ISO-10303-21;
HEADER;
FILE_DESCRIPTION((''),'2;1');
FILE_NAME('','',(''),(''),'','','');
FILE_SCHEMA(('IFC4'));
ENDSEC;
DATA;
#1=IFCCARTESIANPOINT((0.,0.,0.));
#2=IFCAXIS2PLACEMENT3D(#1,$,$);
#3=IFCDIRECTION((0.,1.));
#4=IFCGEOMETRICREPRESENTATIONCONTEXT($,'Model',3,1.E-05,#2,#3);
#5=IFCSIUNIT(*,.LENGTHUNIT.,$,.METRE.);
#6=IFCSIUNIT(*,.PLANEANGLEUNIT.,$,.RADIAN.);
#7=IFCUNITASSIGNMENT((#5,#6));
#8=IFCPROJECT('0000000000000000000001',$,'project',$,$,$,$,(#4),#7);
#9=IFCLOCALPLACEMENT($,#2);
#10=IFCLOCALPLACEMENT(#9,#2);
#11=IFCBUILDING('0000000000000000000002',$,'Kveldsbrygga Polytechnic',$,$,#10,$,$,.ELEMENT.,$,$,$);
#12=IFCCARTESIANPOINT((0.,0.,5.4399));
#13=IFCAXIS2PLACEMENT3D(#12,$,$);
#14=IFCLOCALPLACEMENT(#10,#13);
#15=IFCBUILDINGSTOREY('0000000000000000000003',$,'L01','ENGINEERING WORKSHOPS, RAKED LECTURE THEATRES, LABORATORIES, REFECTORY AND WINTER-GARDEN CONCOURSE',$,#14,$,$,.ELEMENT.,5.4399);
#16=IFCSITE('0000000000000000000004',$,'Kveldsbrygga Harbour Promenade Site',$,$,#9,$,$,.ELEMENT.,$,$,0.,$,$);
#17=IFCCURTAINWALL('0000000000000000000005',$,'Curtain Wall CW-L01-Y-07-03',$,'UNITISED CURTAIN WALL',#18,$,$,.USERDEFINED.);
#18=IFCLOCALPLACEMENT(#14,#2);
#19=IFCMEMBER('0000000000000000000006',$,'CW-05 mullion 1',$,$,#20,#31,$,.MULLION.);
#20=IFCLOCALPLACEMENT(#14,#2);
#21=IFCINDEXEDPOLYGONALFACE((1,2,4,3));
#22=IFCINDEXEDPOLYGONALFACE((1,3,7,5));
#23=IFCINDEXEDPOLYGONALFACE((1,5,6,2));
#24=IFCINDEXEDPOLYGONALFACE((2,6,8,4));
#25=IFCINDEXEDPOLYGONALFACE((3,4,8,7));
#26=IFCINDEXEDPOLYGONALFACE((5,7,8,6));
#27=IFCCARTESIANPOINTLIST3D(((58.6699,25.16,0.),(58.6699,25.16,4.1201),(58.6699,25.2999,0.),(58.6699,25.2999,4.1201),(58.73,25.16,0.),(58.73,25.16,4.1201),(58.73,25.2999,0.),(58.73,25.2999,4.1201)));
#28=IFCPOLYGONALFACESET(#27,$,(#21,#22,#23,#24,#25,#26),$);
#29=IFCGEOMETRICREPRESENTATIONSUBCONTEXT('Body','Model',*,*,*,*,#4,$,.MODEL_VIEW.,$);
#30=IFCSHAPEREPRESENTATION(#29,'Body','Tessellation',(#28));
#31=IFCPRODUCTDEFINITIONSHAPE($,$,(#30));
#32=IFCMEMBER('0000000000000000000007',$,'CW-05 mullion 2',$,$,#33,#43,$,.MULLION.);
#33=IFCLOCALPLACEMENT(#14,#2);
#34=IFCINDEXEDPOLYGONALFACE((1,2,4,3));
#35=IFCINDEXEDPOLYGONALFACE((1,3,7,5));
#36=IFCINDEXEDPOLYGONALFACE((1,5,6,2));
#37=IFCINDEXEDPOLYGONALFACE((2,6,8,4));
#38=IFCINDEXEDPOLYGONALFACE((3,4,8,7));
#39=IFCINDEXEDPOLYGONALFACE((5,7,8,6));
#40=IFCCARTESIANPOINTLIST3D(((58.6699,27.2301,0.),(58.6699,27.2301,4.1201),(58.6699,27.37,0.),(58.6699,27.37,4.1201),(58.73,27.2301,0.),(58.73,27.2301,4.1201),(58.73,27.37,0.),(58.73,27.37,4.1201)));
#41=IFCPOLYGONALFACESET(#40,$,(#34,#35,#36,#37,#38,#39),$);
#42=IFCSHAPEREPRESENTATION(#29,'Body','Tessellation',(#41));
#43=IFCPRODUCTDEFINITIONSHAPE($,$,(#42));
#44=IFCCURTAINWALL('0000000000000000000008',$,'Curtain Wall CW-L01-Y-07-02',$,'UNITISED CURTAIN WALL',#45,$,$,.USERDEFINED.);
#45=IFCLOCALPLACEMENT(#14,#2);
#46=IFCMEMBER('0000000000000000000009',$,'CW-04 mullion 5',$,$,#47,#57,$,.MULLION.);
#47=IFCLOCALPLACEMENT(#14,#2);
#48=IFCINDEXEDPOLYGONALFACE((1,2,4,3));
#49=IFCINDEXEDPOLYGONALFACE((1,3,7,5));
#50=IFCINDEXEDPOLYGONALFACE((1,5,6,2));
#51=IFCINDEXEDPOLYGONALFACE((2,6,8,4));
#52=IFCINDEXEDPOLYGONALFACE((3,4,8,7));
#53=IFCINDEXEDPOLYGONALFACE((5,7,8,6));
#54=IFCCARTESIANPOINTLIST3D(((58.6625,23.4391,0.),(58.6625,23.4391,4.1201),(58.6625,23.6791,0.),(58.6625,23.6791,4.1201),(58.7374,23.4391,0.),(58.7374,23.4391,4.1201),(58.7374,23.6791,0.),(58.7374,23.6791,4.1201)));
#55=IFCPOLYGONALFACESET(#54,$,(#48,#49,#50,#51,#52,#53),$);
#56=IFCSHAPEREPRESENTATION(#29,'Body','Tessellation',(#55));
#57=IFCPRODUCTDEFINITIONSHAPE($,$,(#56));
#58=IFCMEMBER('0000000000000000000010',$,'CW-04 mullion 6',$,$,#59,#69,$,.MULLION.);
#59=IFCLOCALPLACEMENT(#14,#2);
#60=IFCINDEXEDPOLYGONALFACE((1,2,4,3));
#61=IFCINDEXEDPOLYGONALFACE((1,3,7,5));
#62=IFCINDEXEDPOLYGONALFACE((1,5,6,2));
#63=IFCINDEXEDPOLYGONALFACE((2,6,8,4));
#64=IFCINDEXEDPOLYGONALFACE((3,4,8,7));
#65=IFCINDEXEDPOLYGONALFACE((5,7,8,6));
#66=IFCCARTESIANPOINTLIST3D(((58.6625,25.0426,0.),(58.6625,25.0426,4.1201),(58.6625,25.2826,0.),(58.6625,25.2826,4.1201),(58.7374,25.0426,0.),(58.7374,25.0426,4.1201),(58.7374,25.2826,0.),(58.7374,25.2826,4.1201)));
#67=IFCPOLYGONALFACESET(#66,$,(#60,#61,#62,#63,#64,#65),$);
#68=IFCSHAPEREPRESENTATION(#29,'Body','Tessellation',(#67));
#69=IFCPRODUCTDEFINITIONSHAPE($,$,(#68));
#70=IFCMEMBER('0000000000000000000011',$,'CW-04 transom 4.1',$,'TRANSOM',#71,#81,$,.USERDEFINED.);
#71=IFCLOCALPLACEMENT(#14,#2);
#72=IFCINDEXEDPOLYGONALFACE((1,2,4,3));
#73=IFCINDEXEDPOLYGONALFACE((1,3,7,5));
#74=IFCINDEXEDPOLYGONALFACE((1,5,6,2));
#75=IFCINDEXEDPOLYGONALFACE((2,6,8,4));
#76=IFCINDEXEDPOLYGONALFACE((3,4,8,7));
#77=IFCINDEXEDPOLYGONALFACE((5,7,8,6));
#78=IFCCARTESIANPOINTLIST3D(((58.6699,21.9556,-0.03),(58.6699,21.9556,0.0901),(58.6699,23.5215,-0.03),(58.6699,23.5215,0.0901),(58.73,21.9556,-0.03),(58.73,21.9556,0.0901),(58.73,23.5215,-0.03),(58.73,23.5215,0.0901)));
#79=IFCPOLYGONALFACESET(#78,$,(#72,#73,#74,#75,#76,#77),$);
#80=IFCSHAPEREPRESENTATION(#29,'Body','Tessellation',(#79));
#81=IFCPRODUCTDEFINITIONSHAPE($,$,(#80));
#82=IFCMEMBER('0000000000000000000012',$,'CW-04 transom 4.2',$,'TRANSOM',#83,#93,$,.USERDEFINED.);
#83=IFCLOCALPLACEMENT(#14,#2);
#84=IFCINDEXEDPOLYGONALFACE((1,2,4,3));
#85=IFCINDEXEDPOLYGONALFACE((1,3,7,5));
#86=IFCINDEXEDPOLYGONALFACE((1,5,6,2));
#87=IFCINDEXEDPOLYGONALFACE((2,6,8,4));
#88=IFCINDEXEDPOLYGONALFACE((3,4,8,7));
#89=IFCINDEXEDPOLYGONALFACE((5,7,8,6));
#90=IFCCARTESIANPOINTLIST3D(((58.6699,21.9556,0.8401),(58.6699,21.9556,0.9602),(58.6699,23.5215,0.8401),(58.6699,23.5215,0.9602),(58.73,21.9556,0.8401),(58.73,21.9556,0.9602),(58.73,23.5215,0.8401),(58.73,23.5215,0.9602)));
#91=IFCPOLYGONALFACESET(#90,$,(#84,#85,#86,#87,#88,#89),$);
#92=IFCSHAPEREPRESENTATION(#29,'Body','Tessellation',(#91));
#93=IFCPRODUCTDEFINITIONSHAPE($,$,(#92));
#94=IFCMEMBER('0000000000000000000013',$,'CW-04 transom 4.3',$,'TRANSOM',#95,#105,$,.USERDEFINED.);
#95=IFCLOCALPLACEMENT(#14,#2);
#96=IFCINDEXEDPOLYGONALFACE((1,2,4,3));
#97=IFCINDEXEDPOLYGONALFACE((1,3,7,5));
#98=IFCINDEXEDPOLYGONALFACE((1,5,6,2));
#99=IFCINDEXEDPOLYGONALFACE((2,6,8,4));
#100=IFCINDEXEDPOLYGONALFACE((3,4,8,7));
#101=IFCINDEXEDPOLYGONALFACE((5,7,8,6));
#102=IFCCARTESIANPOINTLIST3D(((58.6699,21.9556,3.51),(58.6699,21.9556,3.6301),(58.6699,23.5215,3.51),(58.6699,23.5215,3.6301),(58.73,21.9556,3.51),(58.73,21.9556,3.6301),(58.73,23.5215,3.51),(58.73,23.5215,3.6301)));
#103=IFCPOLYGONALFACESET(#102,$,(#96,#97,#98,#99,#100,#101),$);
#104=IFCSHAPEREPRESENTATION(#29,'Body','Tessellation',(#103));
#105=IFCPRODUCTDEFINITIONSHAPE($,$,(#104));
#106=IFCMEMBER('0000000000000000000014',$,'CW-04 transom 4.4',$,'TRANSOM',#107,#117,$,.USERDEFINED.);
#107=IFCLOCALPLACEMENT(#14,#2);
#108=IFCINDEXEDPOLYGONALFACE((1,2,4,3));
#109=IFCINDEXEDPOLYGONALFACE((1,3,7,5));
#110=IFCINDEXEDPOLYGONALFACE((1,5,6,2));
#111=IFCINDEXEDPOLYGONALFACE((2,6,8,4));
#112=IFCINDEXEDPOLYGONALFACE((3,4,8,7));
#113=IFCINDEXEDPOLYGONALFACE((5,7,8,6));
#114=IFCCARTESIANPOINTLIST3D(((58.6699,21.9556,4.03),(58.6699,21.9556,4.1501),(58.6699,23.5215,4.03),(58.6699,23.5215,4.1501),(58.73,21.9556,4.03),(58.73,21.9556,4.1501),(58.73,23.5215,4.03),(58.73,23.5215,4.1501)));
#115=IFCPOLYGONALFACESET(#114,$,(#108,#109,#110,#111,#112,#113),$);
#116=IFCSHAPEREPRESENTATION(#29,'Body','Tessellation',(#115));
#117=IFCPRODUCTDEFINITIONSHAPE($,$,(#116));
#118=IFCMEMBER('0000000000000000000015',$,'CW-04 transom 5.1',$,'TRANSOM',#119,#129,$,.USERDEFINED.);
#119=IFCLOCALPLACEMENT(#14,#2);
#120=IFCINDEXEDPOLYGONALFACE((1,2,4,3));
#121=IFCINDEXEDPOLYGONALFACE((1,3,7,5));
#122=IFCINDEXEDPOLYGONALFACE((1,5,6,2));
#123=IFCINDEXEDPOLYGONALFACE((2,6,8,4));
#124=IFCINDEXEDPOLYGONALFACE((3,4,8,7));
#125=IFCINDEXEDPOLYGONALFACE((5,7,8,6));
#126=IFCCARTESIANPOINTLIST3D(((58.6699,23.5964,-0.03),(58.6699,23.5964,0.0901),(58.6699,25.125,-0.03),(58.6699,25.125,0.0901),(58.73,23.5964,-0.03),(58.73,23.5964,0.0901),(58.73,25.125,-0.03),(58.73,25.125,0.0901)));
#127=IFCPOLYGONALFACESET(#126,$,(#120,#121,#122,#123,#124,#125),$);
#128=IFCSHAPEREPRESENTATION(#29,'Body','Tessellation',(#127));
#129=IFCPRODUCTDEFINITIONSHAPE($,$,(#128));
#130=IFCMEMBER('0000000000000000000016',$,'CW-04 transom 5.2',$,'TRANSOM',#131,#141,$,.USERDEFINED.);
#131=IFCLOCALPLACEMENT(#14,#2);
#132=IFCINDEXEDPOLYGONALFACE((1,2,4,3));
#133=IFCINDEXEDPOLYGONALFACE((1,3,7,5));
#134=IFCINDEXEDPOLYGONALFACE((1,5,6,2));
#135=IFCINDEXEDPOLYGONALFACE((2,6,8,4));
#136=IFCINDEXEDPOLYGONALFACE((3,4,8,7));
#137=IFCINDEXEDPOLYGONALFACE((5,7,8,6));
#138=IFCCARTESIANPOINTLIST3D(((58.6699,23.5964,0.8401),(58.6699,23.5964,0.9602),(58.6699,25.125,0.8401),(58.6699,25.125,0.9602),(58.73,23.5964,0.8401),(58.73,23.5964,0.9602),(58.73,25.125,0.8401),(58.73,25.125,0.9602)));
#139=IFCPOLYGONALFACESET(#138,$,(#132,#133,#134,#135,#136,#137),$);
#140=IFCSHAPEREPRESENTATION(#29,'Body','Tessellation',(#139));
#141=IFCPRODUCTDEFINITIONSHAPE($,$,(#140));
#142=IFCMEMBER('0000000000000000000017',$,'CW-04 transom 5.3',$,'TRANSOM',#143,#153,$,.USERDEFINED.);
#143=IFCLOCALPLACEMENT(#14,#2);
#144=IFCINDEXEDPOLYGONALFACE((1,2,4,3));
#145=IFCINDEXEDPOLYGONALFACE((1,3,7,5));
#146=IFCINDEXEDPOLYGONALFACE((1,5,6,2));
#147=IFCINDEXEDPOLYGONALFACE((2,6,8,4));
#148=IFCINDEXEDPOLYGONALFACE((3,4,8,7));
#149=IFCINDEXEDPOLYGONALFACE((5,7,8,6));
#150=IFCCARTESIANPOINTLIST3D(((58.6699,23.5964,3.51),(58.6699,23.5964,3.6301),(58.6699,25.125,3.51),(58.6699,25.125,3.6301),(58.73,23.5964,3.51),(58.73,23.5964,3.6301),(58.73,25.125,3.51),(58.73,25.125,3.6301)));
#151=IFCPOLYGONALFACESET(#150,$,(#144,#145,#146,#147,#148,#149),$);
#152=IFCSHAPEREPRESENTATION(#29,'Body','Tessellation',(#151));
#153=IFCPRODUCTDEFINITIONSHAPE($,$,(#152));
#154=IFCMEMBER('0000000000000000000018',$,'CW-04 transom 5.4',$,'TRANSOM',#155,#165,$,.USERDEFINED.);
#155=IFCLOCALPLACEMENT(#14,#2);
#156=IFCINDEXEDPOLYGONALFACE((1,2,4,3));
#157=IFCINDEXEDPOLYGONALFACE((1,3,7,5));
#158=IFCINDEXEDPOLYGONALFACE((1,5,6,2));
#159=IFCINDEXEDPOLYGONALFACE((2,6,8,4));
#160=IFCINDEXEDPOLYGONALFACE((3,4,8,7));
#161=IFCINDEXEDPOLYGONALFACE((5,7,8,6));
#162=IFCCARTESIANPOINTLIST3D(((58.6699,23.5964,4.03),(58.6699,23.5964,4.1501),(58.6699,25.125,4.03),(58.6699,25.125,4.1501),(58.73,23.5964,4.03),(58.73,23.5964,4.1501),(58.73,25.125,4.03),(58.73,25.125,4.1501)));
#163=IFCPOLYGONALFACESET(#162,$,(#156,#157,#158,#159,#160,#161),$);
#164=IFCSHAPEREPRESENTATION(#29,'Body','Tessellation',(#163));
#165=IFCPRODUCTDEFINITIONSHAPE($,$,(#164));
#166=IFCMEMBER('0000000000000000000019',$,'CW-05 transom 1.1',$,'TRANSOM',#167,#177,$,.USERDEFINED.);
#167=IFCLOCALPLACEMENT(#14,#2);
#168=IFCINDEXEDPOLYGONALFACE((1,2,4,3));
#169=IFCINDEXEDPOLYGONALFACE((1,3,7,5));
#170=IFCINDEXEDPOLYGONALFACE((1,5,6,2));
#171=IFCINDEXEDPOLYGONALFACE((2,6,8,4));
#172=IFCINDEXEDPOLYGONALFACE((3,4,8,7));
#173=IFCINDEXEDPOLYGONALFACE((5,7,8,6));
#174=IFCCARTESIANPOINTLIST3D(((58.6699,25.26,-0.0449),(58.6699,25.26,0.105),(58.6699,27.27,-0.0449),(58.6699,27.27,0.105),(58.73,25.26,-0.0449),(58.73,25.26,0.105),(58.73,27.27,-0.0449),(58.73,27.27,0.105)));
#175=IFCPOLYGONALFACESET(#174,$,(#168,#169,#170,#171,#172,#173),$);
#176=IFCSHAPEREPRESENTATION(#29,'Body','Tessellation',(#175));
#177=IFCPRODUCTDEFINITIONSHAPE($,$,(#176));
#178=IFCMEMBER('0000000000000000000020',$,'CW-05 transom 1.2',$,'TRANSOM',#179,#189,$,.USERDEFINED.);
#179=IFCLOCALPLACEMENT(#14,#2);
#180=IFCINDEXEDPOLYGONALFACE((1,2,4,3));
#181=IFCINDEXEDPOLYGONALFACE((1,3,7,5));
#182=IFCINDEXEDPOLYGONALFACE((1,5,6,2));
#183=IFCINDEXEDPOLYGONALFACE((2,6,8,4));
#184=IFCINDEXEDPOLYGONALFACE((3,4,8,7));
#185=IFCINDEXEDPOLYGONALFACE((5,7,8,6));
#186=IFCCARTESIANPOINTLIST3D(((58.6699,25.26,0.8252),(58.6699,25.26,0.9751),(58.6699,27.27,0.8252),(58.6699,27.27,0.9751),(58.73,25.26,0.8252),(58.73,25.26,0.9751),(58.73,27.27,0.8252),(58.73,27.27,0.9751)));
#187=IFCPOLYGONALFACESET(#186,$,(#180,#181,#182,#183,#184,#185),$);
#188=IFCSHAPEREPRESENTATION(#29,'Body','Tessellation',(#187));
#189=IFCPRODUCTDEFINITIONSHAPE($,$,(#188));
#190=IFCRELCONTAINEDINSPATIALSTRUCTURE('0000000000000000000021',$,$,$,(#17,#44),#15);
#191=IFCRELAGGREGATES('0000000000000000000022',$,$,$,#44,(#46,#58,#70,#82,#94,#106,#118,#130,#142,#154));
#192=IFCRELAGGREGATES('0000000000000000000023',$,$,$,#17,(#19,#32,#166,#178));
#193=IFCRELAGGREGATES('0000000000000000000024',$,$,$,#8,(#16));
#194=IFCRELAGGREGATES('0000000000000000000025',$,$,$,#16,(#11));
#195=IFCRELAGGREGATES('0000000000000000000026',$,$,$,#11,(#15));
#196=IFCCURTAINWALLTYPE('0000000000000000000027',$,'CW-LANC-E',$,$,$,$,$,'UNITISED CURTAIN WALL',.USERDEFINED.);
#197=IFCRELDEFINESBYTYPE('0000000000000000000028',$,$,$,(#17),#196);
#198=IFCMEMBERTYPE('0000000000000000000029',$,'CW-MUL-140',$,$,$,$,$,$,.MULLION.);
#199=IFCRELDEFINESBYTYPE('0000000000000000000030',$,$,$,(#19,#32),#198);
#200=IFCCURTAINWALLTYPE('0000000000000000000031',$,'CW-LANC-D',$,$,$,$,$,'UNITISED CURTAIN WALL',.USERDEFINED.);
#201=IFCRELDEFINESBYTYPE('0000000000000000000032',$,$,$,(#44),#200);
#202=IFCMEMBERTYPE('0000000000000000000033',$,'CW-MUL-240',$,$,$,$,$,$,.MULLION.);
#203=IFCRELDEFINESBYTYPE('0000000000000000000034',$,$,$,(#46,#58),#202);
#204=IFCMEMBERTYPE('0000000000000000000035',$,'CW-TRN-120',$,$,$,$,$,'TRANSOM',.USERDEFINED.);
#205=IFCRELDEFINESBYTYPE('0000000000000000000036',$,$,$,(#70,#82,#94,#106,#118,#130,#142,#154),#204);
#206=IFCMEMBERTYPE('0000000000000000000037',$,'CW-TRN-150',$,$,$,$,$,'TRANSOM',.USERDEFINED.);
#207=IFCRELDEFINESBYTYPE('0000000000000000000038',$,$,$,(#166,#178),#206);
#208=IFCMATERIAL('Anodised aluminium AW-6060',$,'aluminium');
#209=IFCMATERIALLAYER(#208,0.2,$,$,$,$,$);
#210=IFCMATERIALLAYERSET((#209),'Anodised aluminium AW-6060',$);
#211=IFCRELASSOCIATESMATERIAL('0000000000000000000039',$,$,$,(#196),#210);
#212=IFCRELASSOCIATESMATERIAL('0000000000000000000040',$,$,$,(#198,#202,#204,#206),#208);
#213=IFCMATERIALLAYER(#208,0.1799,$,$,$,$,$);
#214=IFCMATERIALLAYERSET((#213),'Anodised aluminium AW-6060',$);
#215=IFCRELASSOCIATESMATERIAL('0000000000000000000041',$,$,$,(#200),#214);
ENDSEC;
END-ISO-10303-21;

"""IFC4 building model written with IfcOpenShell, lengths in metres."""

from ifc_helpers import new_model, si_unit, direction, frame, origin, origin_2d, place, context, subcontext, project, spatial, rectangle, extrude, material, layer, layer_set, material_profile, profile_set, type_object, element, aggregate, save


model = new_model("IFC4")

# Units and contexts
model_context = context("Model", 3, precision=1e-05, world=origin(), true_north=direction((0.0, 1.0)))
body_context = subcontext(model_context, "Body", "Model", "MODEL_VIEW")
ifc_project = project(units=[si_unit("LENGTHUNIT", "METRE"), si_unit("PLANEANGLEUNIT", "RADIAN")], contexts=[model_context])

# Site, building, storey
site_placement = place(None, origin())
site = spatial("IfcSite", under=ifc_project, at=site_placement, Name="Kveldsbrygga Harbour Promenade Site", CompositionType="ELEMENT", RefElevation=0.0)
building_placement = place(site_placement, origin())
building = spatial("IfcBuilding", under=site, at=building_placement, Name="Kveldsbrygga Polytechnic", CompositionType="ELEMENT")
storey_placement = place(building_placement, frame((0.0, 0.0, 5.4399)))
storey = spatial("IfcBuildingStorey", under=building, at=storey_placement, Name="L01", Description="ENGINEERING WORKSHOPS, RAKED LECTURE THEATRES, LABORATORIES, REFECTORY AND WINTER-GARDEN CONCOURSE", CompositionType="ELEMENT", Elevation=5.4399)

# Curtain walls, members
ifc_material_1 = material(Name="Anodised aluminium AW-6060", Category="aluminium")
ifc_layer_1 = layer(ifc_material_1, 0.2)
ifc_layer_set_1 = layer_set([ifc_layer_1], Name="Anodised aluminium AW-6060")
curtain_wall_type_1 = type_object("IfcCurtainWallType", Name="CW-LANC-E", ElementType="UNITISED CURTAIN WALL", PredefinedType="USERDEFINED", material=ifc_layer_set_1)
curtain_wall_1_placement = place(storey_placement, origin())
curtain_wall_1 = element("IfcCurtainWall", 1, at=curtain_wall_1_placement, inside=storey, type_object=curtain_wall_type_1, Name="Curtain Wall CW-L01-Y-07-03", ObjectType="UNITISED CURTAIN WALL", PredefinedType="USERDEFINED")
ifc_material_profile_1 = material_profile(ifc_material_1, rectangle(XDim=0.0601, YDim=0.1399, at=origin_2d()), Name="ALU 60x140")
ifc_profile_set_1 = profile_set([ifc_material_profile_1], Name="Anodised aluminium AW-6060")
member_type_1 = type_object("IfcMemberType", Name="CW-MUL-140", PredefinedType="MULLION", material=ifc_profile_set_1)
member_1_placement = place(storey_placement, frame((58.7, 25.23, 0.0), z_axis=(0.0, 0.0, 1.0), x_axis=(-1.0, 0.0, 0.0)))
member_1 = element("IfcMember", 2, at=member_1_placement, type_object=member_type_1, Name="CW-05 mullion 1", PredefinedType="MULLION", context=body_context, shape_type="SweptSolid", body=[
    extrude(rectangle(XDim=0.0601, YDim=0.1399, at=origin_2d()), origin(), (0.0, 0.0, 1.0), 4.1201),
])
member_2_placement = place(storey_placement, frame((58.7, 27.3, 0.0), z_axis=(0.0, 0.0, 1.0), x_axis=(-1.0, 0.0, 0.0)))
member_2 = element("IfcMember", 3, at=member_2_placement, type_object=member_type_1, Name="CW-05 mullion 2", PredefinedType="MULLION", context=body_context, shape_type="SweptSolid", body=[
    extrude(rectangle(XDim=0.0601, YDim=0.1399, at=origin_2d()), origin(), (0.0, 0.0, 1.0), 4.1201),
])
ifc_layer_2 = layer(ifc_material_1, 0.1799)
ifc_layer_set_2 = layer_set([ifc_layer_2], Name="Anodised aluminium AW-6060")
curtain_wall_type_2 = type_object("IfcCurtainWallType", Name="CW-LANC-D", ElementType="UNITISED CURTAIN WALL", PredefinedType="USERDEFINED", material=ifc_layer_set_2)
curtain_wall_2_placement = place(storey_placement, origin())
curtain_wall_2 = element("IfcCurtainWall", 4, at=curtain_wall_2_placement, inside=storey, type_object=curtain_wall_type_2, Name="Curtain Wall CW-L01-Y-07-02", ObjectType="UNITISED CURTAIN WALL", PredefinedType="USERDEFINED")
ifc_material_profile_2 = material_profile(ifc_material_1, rectangle(XDim=0.075, YDim=0.24, at=origin_2d()), Name="ALU 75x240")
ifc_profile_set_2 = profile_set([ifc_material_profile_2], Name="Anodised aluminium AW-6060")
member_type_2 = type_object("IfcMemberType", Name="CW-MUL-240", PredefinedType="MULLION", material=ifc_profile_set_2)
member_3_placement = place(storey_placement, frame((58.7, 23.5591, 0.0), z_axis=(0.0, 0.0, 1.0), x_axis=(-1.0, 0.0, 0.0)))
member_3 = element("IfcMember", 5, at=member_3_placement, type_object=member_type_2, Name="CW-04 mullion 5", PredefinedType="MULLION", context=body_context, shape_type="SweptSolid", body=[
    extrude(rectangle(XDim=0.075, YDim=0.24, at=origin_2d()), origin(), (0.0, 0.0, 1.0), 4.1201),
])
member_4_placement = place(storey_placement, frame((58.7, 25.1626, 0.0), z_axis=(0.0, 0.0, 1.0), x_axis=(-1.0, 0.0, 0.0)))
member_4 = element("IfcMember", 6, at=member_4_placement, type_object=member_type_2, Name="CW-04 mullion 6", PredefinedType="MULLION", context=body_context, shape_type="SweptSolid", body=[
    extrude(rectangle(XDim=0.075, YDim=0.24, at=origin_2d()), origin(), (0.0, 0.0, 1.0), 4.1201),
])
ifc_material_profile_3 = material_profile(ifc_material_1, rectangle(XDim=0.0601, YDim=0.1201, at=origin_2d()), Name="ALU 60x120")
ifc_profile_set_3 = profile_set([ifc_material_profile_3], Name="Anodised aluminium AW-6060")
member_type_3 = type_object("IfcMemberType", Name="CW-TRN-120", ElementType="TRANSOM", PredefinedType="USERDEFINED", material=ifc_profile_set_3)
member_5_placement = place(storey_placement, frame((58.7, 21.9556, 0.03), z_axis=(0.0, 1.0, 0.0), x_axis=(-1.0, 0.0, 0.0)))
member_5 = element("IfcMember", 7, at=member_5_placement, type_object=member_type_3, Name="CW-04 transom 4.1", ObjectType="TRANSOM", PredefinedType="USERDEFINED", context=body_context, shape_type="SweptSolid", body=[
    extrude(rectangle(XDim=0.0601, YDim=0.1201, at=origin_2d()), origin(), (0.0, 0.0, 1.0), 1.5659),
])
member_6_placement = place(storey_placement, frame((58.7, 21.9556, 0.9001), z_axis=(0.0, 1.0, 0.0), x_axis=(-1.0, 0.0, 0.0)))
member_6 = element("IfcMember", 8, at=member_6_placement, type_object=member_type_3, Name="CW-04 transom 4.2", ObjectType="TRANSOM", PredefinedType="USERDEFINED", context=body_context, shape_type="SweptSolid", body=[
    extrude(rectangle(XDim=0.0601, YDim=0.1201, at=origin_2d()), origin(), (0.0, 0.0, 1.0), 1.5659),
])
member_7_placement = place(storey_placement, frame((58.7, 21.9556, 3.5701), z_axis=(0.0, 1.0, 0.0), x_axis=(-1.0, 0.0, 0.0)))
member_7 = element("IfcMember", 9, at=member_7_placement, type_object=member_type_3, Name="CW-04 transom 4.3", ObjectType="TRANSOM", PredefinedType="USERDEFINED", context=body_context, shape_type="SweptSolid", body=[
    extrude(rectangle(XDim=0.0601, YDim=0.1201, at=origin_2d()), origin(), (0.0, 0.0, 1.0), 1.5659),
])
member_8_placement = place(storey_placement, frame((58.7, 21.9556, 4.0901), z_axis=(0.0, 1.0, 0.0), x_axis=(-1.0, 0.0, 0.0)))
member_8 = element("IfcMember", 10, at=member_8_placement, type_object=member_type_3, Name="CW-04 transom 4.4", ObjectType="TRANSOM", PredefinedType="USERDEFINED", context=body_context, shape_type="SweptSolid", body=[
    extrude(rectangle(XDim=0.0601, YDim=0.1201, at=origin_2d()), origin(), (0.0, 0.0, 1.0), 1.5659),
])
member_9_placement = place(storey_placement, frame((58.7, 23.5964, 0.03), z_axis=(0.0, 1.0, 0.0), x_axis=(-1.0, 0.0, 0.0)))
member_9 = element("IfcMember", 11, at=member_9_placement, type_object=member_type_3, Name="CW-04 transom 5.1", ObjectType="TRANSOM", PredefinedType="USERDEFINED", context=body_context, shape_type="SweptSolid", body=[
    extrude(rectangle(XDim=0.0601, YDim=0.1201, at=origin_2d()), origin(), (0.0, 0.0, 1.0), 1.5286),
])
member_10_placement = place(storey_placement, frame((58.7, 23.5964, 0.9001), z_axis=(0.0, 1.0, 0.0), x_axis=(-1.0, 0.0, 0.0)))
member_10 = element("IfcMember", 12, at=member_10_placement, type_object=member_type_3, Name="CW-04 transom 5.2", ObjectType="TRANSOM", PredefinedType="USERDEFINED", context=body_context, shape_type="SweptSolid", body=[
    extrude(rectangle(XDim=0.0601, YDim=0.1201, at=origin_2d()), origin(), (0.0, 0.0, 1.0), 1.5286),
])
member_11_placement = place(storey_placement, frame((58.7, 23.5964, 3.5701), z_axis=(0.0, 1.0, 0.0), x_axis=(-1.0, 0.0, 0.0)))
member_11 = element("IfcMember", 13, at=member_11_placement, type_object=member_type_3, Name="CW-04 transom 5.3", ObjectType="TRANSOM", PredefinedType="USERDEFINED", context=body_context, shape_type="SweptSolid", body=[
    extrude(rectangle(XDim=0.0601, YDim=0.1201, at=origin_2d()), origin(), (0.0, 0.0, 1.0), 1.5286),
])
member_12_placement = place(storey_placement, frame((58.7, 23.5964, 4.0901), z_axis=(0.0, 1.0, 0.0), x_axis=(-1.0, 0.0, 0.0)))
member_12 = element("IfcMember", 14, at=member_12_placement, type_object=member_type_3, Name="CW-04 transom 5.4", ObjectType="TRANSOM", PredefinedType="USERDEFINED", context=body_context, shape_type="SweptSolid", body=[
    extrude(rectangle(XDim=0.0601, YDim=0.1201, at=origin_2d()), origin(), (0.0, 0.0, 1.0), 1.5286),
])

# Members
ifc_material_profile_4 = material_profile(ifc_material_1, rectangle(XDim=0.0601, YDim=0.1499, at=origin_2d()), Name="ALU 60x150")
ifc_profile_set_4 = profile_set([ifc_material_profile_4], Name="Anodised aluminium AW-6060")
member_type_4 = type_object("IfcMemberType", Name="CW-TRN-150", ElementType="TRANSOM", PredefinedType="USERDEFINED", material=ifc_profile_set_4)
member_13_placement = place(storey_placement, frame((58.7, 25.26, 0.03), z_axis=(0.0, 1.0, 0.0), x_axis=(-1.0, 0.0, 0.0)))
member_13 = element("IfcMember", 15, at=member_13_placement, type_object=member_type_4, Name="CW-05 transom 1.1", ObjectType="TRANSOM", PredefinedType="USERDEFINED", context=body_context, shape_type="SweptSolid", body=[
    extrude(rectangle(XDim=0.0601, YDim=0.1499, at=origin_2d()), origin(), (0.0, 0.0, 1.0), 2.01),
])
member_14_placement = place(storey_placement, frame((58.7, 25.26, 0.9001), z_axis=(0.0, 1.0, 0.0), x_axis=(-1.0, 0.0, 0.0)))
member_14 = element("IfcMember", 16, at=member_14_placement, type_object=member_type_4, Name="CW-05 transom 1.2", ObjectType="TRANSOM", PredefinedType="USERDEFINED", context=body_context, shape_type="SweptSolid", body=[
    extrude(rectangle(XDim=0.0601, YDim=0.1499, at=origin_2d()), origin(), (0.0, 0.0, 1.0), 2.01),
])

aggregate(curtain_wall_2, [member_3, member_4, member_5, member_6, member_7, member_8, member_9, member_10, member_11, member_12])
aggregate(curtain_wall_1, [member_1, member_2, member_13, member_14])

save(model, "model.ifc")
